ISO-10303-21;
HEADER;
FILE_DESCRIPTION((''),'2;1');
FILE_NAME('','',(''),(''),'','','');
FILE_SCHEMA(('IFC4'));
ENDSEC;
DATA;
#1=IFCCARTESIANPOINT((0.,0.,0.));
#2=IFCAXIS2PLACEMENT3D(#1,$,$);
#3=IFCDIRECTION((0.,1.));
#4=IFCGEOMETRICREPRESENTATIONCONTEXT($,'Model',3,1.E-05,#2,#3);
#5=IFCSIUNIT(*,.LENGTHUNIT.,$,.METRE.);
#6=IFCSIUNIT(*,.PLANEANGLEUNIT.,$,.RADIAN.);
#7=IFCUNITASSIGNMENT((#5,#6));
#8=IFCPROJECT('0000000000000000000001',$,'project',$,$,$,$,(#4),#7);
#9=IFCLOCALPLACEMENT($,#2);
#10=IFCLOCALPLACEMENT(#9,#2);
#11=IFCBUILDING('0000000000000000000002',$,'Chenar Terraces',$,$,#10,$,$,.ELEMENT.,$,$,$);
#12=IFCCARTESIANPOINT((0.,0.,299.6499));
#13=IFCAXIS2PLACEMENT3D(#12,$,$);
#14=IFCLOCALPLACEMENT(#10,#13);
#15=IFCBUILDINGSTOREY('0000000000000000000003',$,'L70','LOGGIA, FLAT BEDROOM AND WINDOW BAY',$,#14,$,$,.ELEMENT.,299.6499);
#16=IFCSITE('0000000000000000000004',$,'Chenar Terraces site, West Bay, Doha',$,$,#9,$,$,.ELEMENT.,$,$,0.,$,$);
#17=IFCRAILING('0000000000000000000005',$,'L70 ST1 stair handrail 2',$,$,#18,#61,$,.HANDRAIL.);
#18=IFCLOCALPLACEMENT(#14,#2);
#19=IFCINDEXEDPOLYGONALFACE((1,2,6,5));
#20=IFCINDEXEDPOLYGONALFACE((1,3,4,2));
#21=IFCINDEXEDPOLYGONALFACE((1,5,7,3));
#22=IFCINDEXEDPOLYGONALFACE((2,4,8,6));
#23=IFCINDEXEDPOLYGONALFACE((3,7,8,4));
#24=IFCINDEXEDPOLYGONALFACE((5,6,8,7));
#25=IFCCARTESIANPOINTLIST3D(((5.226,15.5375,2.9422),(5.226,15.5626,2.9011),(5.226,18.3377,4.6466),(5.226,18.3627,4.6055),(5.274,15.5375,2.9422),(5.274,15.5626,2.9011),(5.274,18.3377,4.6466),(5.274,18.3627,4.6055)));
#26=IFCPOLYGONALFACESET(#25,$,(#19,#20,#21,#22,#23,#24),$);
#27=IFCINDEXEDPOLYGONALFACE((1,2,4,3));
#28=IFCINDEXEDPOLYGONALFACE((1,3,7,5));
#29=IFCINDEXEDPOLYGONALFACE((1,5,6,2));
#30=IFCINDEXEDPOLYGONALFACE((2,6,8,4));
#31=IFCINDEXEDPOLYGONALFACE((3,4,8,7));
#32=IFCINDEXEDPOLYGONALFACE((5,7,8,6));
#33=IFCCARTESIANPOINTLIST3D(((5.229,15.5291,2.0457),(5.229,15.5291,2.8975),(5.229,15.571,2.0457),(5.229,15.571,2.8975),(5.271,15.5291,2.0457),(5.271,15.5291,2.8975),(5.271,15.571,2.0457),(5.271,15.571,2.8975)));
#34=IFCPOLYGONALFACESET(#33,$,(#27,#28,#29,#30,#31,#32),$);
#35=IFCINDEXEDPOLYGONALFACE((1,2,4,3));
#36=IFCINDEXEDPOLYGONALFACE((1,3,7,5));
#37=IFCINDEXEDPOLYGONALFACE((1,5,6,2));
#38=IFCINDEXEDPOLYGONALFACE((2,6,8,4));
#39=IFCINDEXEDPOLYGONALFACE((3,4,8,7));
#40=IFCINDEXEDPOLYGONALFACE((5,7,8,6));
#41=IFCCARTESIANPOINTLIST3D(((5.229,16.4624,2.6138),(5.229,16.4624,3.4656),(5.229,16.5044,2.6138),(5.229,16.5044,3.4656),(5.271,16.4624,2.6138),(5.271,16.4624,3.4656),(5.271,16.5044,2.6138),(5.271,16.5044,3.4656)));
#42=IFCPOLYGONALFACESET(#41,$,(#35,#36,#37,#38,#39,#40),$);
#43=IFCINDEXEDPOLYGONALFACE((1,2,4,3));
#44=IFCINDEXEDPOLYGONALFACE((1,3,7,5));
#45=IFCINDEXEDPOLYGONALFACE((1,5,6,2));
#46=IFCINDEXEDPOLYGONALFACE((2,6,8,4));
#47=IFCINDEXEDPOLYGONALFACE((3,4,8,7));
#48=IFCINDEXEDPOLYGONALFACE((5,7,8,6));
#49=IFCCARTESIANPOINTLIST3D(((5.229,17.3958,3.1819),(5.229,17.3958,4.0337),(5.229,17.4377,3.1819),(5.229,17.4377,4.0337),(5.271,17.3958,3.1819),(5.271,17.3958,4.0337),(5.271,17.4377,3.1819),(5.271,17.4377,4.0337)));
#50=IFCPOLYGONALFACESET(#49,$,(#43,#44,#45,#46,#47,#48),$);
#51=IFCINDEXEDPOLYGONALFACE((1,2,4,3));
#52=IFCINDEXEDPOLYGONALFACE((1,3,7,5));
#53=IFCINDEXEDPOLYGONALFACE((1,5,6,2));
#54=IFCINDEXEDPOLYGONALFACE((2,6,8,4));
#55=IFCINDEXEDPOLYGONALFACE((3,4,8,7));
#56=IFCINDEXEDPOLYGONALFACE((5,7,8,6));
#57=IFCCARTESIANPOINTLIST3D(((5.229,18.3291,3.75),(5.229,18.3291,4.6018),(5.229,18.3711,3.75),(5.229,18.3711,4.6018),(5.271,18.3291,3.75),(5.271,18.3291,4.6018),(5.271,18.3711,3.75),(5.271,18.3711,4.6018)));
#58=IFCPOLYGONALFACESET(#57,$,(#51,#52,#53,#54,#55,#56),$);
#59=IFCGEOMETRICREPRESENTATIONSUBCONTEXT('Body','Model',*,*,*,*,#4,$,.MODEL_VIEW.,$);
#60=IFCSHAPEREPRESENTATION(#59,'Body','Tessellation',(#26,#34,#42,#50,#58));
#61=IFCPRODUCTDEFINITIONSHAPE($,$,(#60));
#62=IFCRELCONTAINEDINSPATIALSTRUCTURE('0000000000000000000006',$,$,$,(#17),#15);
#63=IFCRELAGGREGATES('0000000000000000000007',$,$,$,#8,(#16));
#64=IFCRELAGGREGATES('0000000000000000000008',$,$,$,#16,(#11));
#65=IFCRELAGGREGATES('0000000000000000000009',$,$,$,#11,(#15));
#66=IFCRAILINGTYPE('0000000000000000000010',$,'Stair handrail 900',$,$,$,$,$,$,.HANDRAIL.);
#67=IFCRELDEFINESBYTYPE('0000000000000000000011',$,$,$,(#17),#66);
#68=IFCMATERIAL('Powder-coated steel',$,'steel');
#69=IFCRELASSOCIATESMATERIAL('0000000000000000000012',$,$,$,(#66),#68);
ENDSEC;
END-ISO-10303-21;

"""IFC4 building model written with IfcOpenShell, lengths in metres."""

from ifc_helpers import new_model, si_unit, direction, frame, origin, origin_2d, place, context, subcontext, project, spatial, rectangle, extrude, material, type_object, element, save


model = new_model("IFC4")

# Units and contexts
model_context = context("Model", 3, precision=1e-05, world=origin(), true_north=direction((0.0, 1.0)))
body_context = subcontext(model_context, "Body", "Model", "MODEL_VIEW")
ifc_project = project(units=[si_unit("LENGTHUNIT", "METRE"), si_unit("PLANEANGLEUNIT", "RADIAN")], contexts=[model_context])

# Site, building, storey
site_placement = place(None, origin())
site = spatial("IfcSite", under=ifc_project, at=site_placement, Name="Chenar Terraces site, West Bay, Doha", CompositionType="ELEMENT", RefElevation=0.0)
building_placement = place(site_placement, origin())
building = spatial("IfcBuilding", under=site, at=building_placement, Name="Chenar Terraces", CompositionType="ELEMENT")
storey_placement = place(building_placement, frame((0.0, 0.0, 299.6499)))
storey = spatial("IfcBuildingStorey", under=building, at=storey_placement, Name="L70", Description="LOGGIA, FLAT BEDROOM AND WINDOW BAY", CompositionType="ELEMENT", Elevation=299.6499)

# Railing
ifc_material_1 = material(Name="Powder-coated steel", Category="steel")
railing_type_1 = type_object("IfcRailingType", Name="Stair handrail 900", PredefinedType="HANDRAIL", material=ifc_material_1)
railing_1_placement = place(storey_placement, frame((5.25, 15.55, 2.0457)))
element("IfcRailing", 1, at=railing_1_placement, inside=storey, type_object=railing_type_1, Name="L70 ST1 stair handrail 2", PredefinedType="HANDRAIL", context=body_context, shape_type="SweptSolid", body=[
    extrude(rectangle(XDim=0.0481, YDim=0.0481, at=origin_2d()), frame((0.0, 0.0, 0.876), z_axis=(0.0, 0.854203, 0.51994), x_axis=(-1.0, 0.0, 0.0)), (0.0, 0.0, 1.0), 3.2781),
    extrude(rectangle(XDim=0.042, YDim=0.042, at=origin_2d()), origin(), (0.0, 0.0, 1.0), 0.8518),
    extrude(rectangle(XDim=0.042, YDim=0.042, at=origin_2d()), frame((0.0, 0.9333, 0.5681)), (0.0, 0.0, 1.0), 0.8518),
    extrude(rectangle(XDim=0.042, YDim=0.042, at=origin_2d()), frame((0.0, 1.8667, 1.1362)), (0.0, 0.0, 1.0), 0.8518),
    extrude(rectangle(XDim=0.042, YDim=0.042, at=origin_2d()), frame((0.0, 2.8, 1.7043)), (0.0, 0.0, 1.0), 0.8518),
])

save(model, "model.ifc")
